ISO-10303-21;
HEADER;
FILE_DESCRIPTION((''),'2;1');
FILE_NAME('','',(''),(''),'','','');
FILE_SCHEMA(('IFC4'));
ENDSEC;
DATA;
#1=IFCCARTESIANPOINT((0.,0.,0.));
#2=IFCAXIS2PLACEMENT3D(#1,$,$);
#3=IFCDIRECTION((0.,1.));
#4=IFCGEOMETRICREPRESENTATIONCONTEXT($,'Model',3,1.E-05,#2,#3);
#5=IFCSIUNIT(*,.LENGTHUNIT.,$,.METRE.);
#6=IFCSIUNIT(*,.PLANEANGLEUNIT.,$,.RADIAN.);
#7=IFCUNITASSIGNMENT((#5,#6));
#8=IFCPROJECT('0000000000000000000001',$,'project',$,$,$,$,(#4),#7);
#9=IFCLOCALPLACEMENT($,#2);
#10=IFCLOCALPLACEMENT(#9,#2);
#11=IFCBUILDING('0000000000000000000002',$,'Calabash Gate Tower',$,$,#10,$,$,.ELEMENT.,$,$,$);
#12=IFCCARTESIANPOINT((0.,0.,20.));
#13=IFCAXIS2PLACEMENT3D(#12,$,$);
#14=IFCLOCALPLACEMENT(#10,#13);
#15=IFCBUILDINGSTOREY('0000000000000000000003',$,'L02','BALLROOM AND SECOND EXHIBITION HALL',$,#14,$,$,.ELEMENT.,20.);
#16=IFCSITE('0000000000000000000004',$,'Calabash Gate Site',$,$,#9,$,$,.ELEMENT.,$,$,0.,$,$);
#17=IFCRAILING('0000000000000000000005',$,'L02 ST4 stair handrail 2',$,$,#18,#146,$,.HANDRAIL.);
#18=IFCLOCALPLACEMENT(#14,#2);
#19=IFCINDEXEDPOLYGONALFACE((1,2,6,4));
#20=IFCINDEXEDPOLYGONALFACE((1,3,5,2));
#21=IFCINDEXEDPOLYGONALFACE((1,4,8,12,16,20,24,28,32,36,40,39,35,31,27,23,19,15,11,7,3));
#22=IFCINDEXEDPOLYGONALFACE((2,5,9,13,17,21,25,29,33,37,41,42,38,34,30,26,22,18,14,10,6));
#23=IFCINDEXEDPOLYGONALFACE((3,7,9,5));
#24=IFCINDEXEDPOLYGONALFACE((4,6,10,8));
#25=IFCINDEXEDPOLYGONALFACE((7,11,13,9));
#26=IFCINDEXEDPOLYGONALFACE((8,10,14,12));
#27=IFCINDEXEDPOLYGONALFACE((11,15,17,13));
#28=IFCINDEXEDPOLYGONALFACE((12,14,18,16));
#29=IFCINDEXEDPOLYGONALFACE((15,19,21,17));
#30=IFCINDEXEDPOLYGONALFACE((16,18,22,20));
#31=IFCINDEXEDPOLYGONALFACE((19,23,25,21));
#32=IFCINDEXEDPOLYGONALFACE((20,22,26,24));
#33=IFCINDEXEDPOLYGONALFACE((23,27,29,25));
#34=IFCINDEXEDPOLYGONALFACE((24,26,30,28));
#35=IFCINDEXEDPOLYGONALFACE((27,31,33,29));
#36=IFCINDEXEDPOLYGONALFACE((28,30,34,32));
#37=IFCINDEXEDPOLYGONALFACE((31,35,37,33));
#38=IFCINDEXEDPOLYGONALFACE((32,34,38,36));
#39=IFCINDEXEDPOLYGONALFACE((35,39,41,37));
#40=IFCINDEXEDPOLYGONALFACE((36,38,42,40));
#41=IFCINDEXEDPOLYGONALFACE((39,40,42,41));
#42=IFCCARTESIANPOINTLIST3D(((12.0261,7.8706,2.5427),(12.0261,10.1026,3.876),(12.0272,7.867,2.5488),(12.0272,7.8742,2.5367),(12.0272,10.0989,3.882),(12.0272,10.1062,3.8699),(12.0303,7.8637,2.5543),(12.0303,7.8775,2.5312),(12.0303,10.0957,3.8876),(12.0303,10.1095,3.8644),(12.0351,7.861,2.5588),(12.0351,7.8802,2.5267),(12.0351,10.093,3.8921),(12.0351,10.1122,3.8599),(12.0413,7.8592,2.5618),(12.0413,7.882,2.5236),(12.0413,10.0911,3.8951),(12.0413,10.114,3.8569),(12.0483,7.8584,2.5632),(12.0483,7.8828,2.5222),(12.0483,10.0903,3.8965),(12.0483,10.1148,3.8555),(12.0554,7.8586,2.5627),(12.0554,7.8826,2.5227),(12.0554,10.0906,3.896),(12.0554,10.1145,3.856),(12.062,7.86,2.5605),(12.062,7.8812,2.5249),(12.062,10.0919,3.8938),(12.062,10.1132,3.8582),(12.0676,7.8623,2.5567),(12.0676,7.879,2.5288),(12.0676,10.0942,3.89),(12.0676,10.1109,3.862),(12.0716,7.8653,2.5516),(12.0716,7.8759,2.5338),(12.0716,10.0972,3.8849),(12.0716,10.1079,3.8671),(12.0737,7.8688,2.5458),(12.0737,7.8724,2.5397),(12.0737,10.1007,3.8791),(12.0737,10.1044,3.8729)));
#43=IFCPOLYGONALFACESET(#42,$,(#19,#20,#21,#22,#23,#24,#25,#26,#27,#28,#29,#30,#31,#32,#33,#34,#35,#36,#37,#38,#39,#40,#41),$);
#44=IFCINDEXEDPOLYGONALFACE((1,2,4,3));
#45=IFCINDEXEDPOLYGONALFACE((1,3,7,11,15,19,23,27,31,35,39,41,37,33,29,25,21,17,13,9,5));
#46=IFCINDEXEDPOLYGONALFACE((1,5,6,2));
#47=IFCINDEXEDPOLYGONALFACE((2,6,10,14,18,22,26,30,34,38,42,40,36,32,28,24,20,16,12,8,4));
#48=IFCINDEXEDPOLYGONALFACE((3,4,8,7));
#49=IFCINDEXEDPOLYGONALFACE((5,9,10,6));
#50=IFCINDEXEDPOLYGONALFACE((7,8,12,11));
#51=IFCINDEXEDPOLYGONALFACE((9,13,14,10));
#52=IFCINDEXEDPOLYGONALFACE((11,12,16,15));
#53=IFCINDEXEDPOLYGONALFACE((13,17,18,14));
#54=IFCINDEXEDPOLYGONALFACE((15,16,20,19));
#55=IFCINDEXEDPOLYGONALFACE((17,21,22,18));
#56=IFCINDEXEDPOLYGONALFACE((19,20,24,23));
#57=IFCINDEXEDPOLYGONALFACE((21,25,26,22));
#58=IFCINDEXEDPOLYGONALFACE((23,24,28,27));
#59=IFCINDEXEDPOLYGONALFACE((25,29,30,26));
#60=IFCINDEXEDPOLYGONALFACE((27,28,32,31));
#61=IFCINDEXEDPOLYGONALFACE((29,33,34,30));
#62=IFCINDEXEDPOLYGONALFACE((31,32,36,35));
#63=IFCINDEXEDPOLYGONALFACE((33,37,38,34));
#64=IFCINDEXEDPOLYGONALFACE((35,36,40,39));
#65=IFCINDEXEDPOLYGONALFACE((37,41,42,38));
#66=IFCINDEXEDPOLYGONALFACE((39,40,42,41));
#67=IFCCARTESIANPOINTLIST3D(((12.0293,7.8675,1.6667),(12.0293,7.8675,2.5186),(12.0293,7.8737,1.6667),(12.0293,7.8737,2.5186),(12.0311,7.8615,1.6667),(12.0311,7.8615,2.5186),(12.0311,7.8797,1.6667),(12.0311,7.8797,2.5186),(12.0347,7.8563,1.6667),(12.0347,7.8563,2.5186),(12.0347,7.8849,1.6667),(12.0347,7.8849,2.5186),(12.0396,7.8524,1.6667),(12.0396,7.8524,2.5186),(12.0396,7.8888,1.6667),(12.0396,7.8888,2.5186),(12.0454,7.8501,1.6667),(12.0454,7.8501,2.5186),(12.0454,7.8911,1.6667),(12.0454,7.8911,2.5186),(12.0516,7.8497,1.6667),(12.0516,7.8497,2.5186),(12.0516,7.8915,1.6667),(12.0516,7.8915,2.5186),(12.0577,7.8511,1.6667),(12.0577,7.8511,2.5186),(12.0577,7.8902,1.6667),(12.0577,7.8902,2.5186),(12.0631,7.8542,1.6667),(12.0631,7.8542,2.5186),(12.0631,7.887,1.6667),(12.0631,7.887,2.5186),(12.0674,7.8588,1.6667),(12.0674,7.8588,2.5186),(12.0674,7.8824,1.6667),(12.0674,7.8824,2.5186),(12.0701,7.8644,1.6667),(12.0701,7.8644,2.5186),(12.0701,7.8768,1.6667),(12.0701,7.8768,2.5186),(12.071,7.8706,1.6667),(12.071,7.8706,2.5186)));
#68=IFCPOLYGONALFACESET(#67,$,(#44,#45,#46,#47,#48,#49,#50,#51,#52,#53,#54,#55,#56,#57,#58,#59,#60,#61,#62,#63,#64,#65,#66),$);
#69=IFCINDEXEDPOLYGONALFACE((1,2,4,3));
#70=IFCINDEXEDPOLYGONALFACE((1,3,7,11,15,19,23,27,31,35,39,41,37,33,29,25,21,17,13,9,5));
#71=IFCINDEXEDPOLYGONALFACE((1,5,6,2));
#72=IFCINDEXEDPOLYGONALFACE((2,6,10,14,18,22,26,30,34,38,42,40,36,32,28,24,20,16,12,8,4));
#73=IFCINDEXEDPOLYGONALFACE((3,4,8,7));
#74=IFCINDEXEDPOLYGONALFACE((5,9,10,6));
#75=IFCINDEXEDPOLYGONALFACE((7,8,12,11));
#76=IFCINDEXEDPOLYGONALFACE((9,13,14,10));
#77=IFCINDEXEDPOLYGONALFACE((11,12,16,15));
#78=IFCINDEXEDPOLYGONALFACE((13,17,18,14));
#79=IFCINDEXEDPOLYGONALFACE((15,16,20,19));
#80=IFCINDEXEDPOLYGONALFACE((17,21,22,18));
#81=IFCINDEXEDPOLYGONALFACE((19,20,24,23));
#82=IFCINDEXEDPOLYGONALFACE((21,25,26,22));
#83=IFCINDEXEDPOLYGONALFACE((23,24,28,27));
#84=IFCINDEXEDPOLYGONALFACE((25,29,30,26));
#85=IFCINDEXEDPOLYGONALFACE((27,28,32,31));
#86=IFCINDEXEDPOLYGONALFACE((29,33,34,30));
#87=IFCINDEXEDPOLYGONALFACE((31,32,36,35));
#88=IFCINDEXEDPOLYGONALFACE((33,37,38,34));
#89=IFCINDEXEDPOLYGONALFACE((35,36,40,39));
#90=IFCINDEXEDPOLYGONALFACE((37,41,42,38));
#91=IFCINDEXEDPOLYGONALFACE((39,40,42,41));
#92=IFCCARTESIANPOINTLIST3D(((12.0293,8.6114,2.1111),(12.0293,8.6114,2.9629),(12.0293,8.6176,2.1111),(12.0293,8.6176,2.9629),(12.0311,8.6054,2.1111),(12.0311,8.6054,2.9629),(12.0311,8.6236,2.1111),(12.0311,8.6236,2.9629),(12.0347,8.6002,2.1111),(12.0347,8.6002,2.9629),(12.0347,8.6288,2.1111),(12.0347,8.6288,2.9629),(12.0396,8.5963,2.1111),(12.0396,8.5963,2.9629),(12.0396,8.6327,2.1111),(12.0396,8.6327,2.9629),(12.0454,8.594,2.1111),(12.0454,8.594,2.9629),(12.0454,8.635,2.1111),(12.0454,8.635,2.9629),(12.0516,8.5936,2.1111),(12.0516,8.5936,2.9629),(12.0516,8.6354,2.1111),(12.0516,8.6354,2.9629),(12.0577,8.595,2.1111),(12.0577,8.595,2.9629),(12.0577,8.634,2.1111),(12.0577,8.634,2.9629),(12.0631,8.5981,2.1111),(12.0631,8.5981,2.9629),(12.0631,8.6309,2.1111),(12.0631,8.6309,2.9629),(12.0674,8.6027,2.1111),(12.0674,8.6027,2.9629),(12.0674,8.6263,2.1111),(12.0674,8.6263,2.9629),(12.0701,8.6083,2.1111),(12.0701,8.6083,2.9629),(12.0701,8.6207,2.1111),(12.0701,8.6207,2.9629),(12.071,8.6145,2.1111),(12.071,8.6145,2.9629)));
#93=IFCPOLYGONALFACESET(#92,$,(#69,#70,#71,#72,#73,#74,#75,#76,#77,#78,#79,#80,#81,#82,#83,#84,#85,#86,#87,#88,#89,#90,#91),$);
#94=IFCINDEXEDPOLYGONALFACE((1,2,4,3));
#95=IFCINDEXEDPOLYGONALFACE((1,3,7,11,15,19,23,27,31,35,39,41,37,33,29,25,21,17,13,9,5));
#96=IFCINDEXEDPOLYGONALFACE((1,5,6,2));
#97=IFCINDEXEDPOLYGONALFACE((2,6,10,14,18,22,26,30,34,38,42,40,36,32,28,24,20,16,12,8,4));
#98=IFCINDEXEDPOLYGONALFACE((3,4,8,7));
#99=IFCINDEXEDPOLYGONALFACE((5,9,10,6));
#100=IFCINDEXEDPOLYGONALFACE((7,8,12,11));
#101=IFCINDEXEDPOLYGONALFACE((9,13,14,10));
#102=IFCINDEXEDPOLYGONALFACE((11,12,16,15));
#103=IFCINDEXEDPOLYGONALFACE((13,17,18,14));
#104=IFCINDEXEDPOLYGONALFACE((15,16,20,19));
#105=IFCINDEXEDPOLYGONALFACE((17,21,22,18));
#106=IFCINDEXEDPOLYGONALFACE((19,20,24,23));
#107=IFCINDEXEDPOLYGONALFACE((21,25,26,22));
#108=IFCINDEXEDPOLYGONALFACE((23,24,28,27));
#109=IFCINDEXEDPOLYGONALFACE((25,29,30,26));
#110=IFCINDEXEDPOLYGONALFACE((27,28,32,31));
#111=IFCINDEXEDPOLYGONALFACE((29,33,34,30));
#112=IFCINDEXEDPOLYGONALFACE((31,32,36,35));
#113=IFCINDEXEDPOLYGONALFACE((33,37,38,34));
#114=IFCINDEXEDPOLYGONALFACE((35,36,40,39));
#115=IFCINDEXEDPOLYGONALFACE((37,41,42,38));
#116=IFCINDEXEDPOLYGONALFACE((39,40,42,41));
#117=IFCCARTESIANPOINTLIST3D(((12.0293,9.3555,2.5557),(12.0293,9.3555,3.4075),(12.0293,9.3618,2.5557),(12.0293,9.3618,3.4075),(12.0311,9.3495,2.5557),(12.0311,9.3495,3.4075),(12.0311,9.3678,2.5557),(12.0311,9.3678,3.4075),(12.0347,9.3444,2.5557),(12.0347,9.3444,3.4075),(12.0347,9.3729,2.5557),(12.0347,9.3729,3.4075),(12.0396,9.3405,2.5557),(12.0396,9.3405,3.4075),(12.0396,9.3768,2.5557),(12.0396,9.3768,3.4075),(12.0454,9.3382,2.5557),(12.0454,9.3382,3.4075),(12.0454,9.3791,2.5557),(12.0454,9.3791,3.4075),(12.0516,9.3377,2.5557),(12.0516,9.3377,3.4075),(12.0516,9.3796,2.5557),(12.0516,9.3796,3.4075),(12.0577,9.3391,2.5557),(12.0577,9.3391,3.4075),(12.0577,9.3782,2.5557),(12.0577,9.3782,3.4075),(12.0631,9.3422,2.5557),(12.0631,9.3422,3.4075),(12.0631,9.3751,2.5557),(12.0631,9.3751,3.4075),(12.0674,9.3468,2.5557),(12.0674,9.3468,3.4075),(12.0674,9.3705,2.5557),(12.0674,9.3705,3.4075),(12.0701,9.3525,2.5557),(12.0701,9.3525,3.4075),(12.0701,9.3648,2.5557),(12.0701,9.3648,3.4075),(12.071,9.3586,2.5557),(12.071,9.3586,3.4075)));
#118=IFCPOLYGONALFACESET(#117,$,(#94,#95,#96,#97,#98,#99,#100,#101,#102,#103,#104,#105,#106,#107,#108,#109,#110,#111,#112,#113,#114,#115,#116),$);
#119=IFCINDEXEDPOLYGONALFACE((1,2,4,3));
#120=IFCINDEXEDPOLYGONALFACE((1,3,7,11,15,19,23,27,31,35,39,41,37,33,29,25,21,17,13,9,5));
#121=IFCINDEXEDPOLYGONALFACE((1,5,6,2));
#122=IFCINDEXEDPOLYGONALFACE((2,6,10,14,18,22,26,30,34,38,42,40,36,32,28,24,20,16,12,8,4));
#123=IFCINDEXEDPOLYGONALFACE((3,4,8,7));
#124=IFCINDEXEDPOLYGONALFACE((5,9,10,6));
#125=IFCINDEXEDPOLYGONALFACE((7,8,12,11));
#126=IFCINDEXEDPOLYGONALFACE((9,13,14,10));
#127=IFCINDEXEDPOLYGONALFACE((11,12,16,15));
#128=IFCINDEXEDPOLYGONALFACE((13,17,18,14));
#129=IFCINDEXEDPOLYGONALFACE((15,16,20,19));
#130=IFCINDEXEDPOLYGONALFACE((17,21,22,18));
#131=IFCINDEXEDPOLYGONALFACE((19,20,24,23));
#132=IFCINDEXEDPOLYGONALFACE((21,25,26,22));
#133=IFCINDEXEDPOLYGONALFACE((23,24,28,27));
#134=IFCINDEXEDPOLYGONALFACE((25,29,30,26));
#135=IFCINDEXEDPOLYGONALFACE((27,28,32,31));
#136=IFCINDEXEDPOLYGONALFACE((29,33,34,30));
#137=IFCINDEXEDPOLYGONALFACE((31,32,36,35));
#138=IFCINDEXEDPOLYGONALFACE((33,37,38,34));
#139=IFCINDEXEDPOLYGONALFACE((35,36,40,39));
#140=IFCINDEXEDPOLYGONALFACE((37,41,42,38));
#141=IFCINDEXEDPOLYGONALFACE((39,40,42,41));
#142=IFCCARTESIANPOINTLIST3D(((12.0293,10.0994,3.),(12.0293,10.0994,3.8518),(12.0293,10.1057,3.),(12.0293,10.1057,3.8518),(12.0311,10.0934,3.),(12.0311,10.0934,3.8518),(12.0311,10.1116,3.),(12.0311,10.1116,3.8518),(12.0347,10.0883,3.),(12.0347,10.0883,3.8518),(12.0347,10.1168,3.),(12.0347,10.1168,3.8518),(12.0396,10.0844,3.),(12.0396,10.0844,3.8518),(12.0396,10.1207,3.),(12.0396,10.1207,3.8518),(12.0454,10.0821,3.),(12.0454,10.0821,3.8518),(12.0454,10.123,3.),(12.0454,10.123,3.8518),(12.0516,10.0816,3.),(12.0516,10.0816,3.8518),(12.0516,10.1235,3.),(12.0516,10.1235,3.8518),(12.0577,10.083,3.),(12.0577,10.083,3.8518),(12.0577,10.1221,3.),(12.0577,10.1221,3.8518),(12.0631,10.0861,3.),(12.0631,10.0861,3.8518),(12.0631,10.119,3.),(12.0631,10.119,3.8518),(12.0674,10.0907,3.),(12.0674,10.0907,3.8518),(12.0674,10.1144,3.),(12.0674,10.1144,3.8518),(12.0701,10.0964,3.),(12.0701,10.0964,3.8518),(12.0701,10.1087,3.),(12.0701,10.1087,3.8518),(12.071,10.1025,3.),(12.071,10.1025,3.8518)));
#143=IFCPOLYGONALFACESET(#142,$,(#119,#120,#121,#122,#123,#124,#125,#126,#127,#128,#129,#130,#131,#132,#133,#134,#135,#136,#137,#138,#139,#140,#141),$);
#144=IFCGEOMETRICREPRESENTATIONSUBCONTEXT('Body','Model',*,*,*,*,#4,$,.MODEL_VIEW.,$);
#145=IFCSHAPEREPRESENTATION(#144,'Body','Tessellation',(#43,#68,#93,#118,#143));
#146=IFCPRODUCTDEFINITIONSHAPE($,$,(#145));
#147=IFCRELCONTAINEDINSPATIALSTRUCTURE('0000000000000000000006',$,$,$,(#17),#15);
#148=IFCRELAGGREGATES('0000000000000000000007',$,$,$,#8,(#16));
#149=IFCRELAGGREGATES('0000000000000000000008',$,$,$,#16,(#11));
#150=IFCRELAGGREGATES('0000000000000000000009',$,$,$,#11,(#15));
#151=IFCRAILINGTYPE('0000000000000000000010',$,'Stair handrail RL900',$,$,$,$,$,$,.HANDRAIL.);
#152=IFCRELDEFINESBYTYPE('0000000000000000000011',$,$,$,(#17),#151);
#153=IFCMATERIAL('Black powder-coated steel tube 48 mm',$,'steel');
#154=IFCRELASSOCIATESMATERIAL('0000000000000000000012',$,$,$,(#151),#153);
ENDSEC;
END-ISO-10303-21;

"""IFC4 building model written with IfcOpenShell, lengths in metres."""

from ifc_helpers import new_model, si_unit, direction, frame, origin, origin_2d, place, context, subcontext, project, spatial, circle, extrude, material, type_object, element, save


model = new_model("IFC4")

# Units and contexts
model_context = context("Model", 3, precision=1e-05, world=origin(), true_north=direction((0.0, 1.0)))
body_context = subcontext(model_context, "Body", "Model", "MODEL_VIEW")
ifc_project = project(units=[si_unit("LENGTHUNIT", "METRE"), si_unit("PLANEANGLEUNIT", "RADIAN")], contexts=[model_context])

# Site, building, storey
site_placement = place(None, origin())
site = spatial("IfcSite", under=ifc_project, at=site_placement, Name="Calabash Gate Site", CompositionType="ELEMENT", RefElevation=0.0)
building_placement = place(site_placement, origin())
building = spatial("IfcBuilding", under=site, at=building_placement, Name="Calabash Gate Tower", CompositionType="ELEMENT")
storey_placement = place(building_placement, frame((0.0, 0.0, 20.0)))
storey = spatial("IfcBuildingStorey", under=building, at=storey_placement, Name="L02", Description="BALLROOM AND SECOND EXHIBITION HALL", CompositionType="ELEMENT", Elevation=20.0)

# Railing
ifc_material_1 = material(Name="Black powder-coated steel tube 48 mm", Category="steel")
railing_type_1 = type_object("IfcRailingType", Name="Stair handrail RL900", PredefinedType="HANDRAIL", material=ifc_material_1)
railing_1_placement = place(storey_placement, frame((12.05, 7.8706, 1.6667)))
element("IfcRailing", 1, at=railing_1_placement, inside=storey, type_object=railing_type_1, Name="L02 ST4 stair handrail 2", PredefinedType="HANDRAIL", context=body_context, shape_type="SweptSolid", body=[
    extrude(circle(Radius=0.0239, at=origin_2d()), frame((0.0, 0.0, 0.876), z_axis=(0.0, 0.858494, 0.512824), x_axis=(-1.0, 0.0, 0.0)), (0.0, 0.0, 1.0), 2.5999),
    extrude(circle(Radius=0.021, at=origin_2d()), origin(), (0.0, 0.0, 1.0), 0.8518),
    extrude(circle(Radius=0.021, at=origin_2d()), frame((0.0, 0.7439, 0.4443)), (0.0, 0.0, 1.0), 0.8518),
    extrude(circle(Radius=0.021, at=origin_2d()), frame((0.0, 1.488, 0.8889)), (0.0, 0.0, 1.0), 0.8518),
    extrude(circle(Radius=0.021, at=origin_2d()), frame((0.0, 2.2319, 1.3333)), (0.0, 0.0, 1.0), 0.8518),
])

save(model, "model.ifc")
